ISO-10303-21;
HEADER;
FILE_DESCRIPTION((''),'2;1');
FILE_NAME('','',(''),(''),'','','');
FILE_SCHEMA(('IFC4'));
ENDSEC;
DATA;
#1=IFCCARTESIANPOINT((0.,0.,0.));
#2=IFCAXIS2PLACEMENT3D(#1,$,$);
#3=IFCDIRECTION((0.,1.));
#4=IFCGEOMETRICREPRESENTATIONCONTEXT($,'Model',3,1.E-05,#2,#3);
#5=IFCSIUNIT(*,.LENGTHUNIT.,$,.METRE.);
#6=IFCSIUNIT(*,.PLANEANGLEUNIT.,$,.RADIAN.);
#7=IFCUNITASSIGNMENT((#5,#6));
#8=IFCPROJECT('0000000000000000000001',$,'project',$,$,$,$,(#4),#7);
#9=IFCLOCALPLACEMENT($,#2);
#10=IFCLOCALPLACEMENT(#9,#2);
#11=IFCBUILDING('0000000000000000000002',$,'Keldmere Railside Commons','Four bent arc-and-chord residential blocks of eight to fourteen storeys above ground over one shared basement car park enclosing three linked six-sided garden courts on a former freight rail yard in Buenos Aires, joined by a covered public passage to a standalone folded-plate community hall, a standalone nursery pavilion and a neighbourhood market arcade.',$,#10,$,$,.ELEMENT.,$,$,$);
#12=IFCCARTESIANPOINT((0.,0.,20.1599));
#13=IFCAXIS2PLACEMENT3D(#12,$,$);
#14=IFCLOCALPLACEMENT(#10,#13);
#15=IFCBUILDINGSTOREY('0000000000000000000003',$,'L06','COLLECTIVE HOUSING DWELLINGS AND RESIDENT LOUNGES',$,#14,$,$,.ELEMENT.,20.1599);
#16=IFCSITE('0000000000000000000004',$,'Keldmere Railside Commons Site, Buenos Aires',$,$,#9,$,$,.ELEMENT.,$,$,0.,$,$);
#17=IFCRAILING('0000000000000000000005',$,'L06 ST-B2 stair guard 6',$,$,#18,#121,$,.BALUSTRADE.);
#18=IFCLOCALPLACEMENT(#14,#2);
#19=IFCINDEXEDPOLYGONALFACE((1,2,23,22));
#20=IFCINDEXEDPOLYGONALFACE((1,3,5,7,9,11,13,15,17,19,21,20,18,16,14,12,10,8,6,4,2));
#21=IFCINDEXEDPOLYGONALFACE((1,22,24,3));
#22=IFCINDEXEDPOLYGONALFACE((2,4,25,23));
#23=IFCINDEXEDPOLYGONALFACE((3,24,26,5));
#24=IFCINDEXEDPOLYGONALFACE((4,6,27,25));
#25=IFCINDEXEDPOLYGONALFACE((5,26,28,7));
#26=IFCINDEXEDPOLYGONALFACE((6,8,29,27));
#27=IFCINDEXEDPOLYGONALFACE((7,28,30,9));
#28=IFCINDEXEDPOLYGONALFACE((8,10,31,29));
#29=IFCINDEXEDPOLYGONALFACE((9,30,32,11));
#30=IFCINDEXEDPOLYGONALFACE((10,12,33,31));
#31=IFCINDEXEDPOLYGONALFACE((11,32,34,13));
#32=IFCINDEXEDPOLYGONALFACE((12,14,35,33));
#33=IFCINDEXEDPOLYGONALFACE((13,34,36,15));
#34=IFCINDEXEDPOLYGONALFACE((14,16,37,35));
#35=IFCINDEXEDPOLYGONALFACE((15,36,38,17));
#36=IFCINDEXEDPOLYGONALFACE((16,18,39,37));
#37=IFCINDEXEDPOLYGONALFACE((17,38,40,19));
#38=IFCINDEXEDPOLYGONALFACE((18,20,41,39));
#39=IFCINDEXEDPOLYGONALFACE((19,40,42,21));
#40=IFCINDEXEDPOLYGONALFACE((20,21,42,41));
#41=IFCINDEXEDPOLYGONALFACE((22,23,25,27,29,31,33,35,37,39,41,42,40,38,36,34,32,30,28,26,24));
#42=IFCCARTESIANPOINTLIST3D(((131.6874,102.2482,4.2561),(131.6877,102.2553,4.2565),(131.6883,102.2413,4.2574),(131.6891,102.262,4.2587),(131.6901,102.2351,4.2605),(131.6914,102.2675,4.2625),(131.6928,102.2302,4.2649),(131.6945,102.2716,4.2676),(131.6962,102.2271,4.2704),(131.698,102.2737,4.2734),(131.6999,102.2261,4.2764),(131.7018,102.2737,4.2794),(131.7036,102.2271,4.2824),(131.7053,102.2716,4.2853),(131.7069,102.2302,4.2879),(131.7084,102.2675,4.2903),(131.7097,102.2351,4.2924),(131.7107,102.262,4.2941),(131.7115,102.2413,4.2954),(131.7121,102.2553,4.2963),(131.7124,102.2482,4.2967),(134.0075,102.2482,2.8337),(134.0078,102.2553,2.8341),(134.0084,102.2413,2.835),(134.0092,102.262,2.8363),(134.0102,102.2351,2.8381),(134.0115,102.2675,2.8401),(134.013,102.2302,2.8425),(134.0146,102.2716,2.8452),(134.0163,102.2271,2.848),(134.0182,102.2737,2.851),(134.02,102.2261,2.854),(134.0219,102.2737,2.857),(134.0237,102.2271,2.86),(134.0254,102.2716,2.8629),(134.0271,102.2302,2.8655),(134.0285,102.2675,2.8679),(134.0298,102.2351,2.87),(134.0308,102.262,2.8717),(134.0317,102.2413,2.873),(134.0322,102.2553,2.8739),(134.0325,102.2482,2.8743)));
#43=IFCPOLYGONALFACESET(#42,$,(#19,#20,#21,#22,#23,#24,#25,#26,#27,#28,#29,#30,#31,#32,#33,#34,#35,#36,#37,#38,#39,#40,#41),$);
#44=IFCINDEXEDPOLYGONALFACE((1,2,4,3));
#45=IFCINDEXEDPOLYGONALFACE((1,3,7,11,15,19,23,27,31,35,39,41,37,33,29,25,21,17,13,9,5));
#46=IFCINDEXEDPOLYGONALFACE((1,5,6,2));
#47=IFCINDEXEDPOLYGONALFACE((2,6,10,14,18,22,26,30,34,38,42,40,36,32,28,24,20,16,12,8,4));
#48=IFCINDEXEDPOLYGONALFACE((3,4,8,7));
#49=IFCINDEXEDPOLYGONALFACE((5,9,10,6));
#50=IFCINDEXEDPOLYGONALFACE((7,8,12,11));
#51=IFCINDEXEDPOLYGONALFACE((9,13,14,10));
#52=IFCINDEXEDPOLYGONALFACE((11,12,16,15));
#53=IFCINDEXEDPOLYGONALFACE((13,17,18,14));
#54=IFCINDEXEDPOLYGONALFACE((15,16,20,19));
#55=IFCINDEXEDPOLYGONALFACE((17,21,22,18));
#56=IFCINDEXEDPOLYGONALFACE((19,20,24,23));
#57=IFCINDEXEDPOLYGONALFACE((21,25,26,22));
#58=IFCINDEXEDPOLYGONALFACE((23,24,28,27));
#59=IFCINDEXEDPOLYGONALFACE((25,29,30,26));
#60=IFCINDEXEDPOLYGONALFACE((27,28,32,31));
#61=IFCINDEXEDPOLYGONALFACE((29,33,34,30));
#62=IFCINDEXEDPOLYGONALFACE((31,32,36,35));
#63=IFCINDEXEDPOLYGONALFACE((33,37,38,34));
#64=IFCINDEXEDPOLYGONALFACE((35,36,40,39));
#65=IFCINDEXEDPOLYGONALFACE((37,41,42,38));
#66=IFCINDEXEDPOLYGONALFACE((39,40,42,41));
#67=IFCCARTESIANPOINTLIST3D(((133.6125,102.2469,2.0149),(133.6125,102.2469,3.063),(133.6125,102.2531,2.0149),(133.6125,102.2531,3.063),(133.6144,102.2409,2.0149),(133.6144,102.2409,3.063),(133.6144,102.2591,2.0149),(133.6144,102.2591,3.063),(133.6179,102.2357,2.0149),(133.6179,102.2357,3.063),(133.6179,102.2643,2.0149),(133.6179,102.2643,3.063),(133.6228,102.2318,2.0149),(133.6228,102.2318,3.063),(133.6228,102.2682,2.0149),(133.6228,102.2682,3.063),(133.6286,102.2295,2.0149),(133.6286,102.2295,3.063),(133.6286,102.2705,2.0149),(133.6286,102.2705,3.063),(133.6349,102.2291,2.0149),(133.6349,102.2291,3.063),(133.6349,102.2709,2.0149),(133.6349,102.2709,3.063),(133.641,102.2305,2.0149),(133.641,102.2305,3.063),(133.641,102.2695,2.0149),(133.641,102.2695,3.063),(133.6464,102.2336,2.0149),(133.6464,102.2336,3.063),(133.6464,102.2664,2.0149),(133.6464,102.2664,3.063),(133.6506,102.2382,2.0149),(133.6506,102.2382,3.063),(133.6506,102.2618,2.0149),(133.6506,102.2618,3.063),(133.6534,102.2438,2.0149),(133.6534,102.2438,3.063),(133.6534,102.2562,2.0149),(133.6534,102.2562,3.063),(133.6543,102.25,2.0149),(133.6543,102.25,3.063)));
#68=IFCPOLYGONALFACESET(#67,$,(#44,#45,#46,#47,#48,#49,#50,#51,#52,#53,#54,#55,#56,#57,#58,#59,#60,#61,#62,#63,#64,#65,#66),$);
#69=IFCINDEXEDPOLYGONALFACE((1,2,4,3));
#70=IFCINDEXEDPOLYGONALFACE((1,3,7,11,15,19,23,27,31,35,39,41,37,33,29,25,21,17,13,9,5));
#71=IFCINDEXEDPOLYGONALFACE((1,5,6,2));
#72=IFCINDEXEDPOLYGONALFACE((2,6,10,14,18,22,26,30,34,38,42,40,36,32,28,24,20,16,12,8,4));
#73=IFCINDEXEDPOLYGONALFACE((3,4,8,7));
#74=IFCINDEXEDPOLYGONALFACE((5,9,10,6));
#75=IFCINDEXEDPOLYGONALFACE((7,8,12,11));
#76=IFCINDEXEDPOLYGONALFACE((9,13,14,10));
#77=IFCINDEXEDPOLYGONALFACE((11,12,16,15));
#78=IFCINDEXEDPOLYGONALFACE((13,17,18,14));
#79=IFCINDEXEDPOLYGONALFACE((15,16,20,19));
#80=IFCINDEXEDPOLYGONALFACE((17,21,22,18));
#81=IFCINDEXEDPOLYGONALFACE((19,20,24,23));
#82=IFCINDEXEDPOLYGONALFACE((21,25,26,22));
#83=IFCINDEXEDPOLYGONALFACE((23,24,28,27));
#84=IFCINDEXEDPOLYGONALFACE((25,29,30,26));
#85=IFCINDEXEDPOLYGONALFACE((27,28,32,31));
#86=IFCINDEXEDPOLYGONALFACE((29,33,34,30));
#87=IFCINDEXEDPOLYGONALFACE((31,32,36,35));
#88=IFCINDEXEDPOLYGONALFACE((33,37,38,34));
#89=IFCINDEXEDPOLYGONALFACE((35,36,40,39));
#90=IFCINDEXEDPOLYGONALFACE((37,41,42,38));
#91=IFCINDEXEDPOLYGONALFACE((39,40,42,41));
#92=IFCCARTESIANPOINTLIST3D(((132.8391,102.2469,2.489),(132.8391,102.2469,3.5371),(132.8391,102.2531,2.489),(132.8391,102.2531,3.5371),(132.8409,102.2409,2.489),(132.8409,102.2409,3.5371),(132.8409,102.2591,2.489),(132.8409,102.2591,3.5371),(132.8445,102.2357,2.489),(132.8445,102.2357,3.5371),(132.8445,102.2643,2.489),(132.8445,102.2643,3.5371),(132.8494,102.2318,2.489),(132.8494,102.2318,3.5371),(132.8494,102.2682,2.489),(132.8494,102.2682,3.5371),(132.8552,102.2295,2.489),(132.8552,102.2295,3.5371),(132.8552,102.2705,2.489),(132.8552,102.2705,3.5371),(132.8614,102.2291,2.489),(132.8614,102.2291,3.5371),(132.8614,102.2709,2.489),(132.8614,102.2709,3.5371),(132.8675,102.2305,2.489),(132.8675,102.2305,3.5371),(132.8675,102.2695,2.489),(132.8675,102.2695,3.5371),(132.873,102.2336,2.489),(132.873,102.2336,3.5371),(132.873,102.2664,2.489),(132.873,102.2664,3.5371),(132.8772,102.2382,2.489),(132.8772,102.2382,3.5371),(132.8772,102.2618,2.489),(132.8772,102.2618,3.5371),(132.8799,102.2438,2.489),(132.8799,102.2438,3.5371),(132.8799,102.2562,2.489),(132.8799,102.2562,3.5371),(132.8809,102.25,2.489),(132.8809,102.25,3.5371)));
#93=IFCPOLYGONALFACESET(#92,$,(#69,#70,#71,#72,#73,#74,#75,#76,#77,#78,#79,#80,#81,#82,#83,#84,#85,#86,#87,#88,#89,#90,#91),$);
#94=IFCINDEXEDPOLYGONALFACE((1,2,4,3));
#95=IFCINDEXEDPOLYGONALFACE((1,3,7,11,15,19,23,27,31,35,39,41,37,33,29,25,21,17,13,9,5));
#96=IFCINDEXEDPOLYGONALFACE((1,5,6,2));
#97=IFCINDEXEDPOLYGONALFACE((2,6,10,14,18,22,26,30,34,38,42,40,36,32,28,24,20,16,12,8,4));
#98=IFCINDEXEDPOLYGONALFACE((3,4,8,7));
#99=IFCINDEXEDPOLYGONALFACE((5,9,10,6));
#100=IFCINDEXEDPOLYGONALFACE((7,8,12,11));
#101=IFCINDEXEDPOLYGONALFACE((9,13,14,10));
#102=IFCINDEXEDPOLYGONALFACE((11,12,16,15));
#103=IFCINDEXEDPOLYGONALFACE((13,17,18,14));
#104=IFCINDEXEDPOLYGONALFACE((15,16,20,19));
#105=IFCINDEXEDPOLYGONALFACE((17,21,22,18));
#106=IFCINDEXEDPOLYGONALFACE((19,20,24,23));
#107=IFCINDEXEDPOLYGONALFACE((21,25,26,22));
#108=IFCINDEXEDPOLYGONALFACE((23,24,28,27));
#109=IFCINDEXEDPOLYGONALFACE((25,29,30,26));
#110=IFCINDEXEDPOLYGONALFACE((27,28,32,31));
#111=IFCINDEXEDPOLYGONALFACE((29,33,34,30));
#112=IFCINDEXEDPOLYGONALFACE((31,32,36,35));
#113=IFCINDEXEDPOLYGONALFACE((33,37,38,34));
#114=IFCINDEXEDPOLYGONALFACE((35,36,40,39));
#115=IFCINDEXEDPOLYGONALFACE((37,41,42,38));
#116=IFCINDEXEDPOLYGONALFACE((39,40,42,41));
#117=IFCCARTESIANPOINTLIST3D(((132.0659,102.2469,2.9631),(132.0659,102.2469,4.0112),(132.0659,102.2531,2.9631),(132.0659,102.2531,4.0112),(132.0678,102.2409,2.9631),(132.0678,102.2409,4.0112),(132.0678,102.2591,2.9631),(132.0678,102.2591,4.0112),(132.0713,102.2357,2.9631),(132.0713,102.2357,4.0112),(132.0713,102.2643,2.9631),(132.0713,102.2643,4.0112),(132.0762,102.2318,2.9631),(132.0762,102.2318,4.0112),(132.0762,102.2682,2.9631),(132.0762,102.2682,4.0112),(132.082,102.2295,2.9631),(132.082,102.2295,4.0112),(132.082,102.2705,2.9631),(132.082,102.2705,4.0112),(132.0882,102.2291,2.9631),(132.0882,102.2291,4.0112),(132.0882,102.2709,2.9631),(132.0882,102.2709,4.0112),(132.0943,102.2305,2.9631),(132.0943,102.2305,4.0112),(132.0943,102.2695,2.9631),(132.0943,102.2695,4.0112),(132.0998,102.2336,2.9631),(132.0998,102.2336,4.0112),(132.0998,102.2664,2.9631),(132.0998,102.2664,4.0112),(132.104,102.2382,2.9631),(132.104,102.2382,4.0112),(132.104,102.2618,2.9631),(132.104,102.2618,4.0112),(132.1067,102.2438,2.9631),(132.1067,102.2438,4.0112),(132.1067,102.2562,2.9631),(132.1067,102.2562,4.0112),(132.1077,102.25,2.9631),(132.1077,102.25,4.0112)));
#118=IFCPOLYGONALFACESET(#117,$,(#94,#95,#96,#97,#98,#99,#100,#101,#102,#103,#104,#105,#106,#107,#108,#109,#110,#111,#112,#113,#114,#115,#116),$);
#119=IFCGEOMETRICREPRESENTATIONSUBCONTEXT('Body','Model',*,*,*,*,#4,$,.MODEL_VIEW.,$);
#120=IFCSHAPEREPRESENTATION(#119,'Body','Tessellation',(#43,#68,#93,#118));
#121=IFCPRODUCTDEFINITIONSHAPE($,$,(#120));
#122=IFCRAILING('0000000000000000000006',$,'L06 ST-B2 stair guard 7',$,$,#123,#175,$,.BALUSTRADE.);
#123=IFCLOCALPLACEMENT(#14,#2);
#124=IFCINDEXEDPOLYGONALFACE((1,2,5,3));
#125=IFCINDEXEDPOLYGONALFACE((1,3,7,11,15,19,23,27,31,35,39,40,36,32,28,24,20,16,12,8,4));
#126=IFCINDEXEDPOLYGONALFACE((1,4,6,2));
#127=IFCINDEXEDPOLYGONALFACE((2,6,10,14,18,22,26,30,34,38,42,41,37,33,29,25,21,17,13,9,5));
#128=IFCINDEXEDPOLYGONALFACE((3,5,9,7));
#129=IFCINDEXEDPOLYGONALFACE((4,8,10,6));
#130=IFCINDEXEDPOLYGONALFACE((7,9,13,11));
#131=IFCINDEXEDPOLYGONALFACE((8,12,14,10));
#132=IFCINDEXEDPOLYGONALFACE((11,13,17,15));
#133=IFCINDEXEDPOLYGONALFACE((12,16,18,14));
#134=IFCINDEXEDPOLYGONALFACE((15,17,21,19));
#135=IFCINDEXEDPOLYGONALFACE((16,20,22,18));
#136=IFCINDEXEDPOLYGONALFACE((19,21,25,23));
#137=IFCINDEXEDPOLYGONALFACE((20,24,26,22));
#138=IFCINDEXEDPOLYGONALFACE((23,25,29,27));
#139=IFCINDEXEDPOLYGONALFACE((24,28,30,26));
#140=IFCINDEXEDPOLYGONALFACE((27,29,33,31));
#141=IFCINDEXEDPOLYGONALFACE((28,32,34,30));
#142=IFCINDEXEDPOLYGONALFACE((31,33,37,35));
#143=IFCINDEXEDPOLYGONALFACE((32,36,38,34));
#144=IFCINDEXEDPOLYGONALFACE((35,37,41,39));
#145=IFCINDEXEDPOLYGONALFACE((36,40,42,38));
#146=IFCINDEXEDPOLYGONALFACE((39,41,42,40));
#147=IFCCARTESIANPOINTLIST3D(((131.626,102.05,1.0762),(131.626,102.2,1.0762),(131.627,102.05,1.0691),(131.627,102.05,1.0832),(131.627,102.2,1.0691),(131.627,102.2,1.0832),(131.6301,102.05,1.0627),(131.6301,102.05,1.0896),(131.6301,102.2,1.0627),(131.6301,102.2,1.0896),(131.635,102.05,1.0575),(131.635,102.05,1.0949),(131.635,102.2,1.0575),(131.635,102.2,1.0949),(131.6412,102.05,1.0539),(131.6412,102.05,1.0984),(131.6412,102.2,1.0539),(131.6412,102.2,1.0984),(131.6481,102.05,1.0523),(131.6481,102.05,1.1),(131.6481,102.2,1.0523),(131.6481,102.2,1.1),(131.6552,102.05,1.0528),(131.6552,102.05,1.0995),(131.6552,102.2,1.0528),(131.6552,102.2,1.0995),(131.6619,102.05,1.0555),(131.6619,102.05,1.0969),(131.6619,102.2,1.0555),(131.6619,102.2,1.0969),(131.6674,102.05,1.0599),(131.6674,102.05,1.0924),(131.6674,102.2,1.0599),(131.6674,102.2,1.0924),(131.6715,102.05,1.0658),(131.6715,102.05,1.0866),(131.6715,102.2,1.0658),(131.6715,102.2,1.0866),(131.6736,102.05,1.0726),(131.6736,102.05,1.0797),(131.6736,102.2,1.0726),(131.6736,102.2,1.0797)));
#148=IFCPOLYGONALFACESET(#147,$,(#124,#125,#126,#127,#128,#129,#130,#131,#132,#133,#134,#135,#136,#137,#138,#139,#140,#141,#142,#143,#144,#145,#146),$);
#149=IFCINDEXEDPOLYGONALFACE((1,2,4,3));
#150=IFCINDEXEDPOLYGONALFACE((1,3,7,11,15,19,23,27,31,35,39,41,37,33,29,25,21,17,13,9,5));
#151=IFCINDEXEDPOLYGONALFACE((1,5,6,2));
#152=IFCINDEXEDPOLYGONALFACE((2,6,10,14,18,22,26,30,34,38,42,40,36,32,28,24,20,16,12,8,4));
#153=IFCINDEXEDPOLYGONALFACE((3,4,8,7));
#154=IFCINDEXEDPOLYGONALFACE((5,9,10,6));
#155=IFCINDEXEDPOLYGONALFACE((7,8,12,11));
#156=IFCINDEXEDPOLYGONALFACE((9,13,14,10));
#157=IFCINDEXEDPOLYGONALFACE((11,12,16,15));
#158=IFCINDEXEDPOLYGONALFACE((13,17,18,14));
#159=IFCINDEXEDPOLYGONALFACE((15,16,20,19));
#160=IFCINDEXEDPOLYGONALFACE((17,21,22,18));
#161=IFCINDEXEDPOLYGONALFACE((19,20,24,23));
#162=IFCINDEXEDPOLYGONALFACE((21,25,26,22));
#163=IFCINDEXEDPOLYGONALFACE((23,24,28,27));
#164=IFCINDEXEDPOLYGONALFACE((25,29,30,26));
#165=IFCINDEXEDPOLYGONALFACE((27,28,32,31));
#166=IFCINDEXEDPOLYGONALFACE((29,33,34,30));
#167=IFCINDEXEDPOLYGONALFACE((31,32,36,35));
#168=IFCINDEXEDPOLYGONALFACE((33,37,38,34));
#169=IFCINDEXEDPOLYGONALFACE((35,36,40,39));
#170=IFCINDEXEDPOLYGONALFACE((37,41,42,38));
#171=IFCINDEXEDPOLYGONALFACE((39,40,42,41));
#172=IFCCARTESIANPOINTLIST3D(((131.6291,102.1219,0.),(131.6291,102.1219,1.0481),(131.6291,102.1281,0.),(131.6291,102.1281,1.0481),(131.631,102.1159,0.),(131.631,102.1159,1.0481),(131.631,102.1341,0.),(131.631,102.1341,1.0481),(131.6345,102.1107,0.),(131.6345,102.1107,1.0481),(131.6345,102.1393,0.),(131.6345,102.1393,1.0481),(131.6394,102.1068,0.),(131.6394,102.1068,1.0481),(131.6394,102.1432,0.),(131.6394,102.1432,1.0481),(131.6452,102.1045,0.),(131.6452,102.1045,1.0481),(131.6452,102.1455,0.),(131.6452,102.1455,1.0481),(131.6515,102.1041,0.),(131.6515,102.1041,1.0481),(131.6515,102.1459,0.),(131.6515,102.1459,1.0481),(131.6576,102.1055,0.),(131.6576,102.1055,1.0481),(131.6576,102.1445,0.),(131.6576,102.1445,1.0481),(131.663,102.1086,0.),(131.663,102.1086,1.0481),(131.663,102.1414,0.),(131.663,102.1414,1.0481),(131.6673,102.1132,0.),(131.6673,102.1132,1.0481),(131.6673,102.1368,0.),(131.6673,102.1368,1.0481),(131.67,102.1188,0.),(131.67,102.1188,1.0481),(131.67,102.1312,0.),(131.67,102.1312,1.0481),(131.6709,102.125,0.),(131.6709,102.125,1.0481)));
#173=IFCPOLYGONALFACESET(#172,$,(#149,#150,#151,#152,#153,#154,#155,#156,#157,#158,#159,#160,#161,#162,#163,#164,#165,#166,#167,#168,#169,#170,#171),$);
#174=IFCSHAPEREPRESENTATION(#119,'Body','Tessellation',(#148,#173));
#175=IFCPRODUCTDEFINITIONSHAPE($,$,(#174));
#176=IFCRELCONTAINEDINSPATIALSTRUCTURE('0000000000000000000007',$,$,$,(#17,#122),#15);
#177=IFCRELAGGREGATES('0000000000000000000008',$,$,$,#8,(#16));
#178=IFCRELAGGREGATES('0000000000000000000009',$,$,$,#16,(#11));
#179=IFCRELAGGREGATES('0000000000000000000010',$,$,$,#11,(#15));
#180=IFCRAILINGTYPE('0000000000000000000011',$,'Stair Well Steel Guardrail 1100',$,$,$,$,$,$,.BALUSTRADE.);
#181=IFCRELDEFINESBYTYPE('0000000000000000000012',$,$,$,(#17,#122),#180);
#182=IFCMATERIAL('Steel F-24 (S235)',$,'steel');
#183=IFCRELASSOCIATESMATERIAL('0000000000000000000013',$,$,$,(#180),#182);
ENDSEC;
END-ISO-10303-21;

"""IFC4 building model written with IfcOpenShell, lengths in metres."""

from ifc_helpers import new_model, si_unit, direction, frame, origin, origin_2d, place, context, subcontext, project, spatial, circle, extrude, material, type_object, element, save


model = new_model("IFC4")

# Units and contexts
model_context = context("Model", 3, precision=1e-05, world=origin(), true_north=direction((0.0, 1.0)))
body_context = subcontext(model_context, "Body", "Model", "MODEL_VIEW")
ifc_project = project(units=[si_unit("LENGTHUNIT", "METRE"), si_unit("PLANEANGLEUNIT", "RADIAN")], contexts=[model_context])

# Site, building, storey
site_placement = place(None, origin())
site = spatial("IfcSite", under=ifc_project, at=site_placement, Name="Keldmere Railside Commons Site, Buenos Aires", CompositionType="ELEMENT", RefElevation=0.0)
building_placement = place(site_placement, origin())
building = spatial("IfcBuilding", under=site, at=building_placement, Name="Keldmere Railside Commons", Description="Four bent arc-and-chord residential blocks of eight to fourteen storeys above ground over one shared basement car park enclosing three linked six-sided garden courts on a former freight rail yard in Buenos Aires, joined by a covered public passage to a standalone folded-plate community hall, a standalone nursery pavilion and a neighbourhood market arcade.", CompositionType="ELEMENT")
storey_placement = place(building_placement, frame((0.0, 0.0, 20.1599)))
storey = spatial("IfcBuildingStorey", under=building, at=storey_placement, Name="L06", Description="COLLECTIVE HOUSING DWELLINGS AND RESIDENT LOUNGES", CompositionType="ELEMENT", Elevation=20.1599)

# Railings
ifc_material_1 = material(Name="Steel F-24 (S235)", Category="steel")
railing_type_1 = type_object("IfcRailingType", Name="Stair Well Steel Guardrail 1100", PredefinedType="BALUSTRADE", material=ifc_material_1)
railing_1_placement = place(storey_placement, frame((134.02, 102.25, 1.7778)))
element("IfcRailing", 1, at=railing_1_placement, inside=storey, type_object=railing_type_1, Name="L06 ST-B2 stair guard 6", PredefinedType="BALUSTRADE", context=body_context, shape_type="SweptSolid", body=[
    extrude(circle(Radius=0.0239, at=origin_2d()), frame((0.0, 0.0, 1.0762), z_axis=(-0.852538, 0.0, 0.522665), x_axis=(0.0, -1.0, 0.0)), (0.0, 0.0, 1.0), 2.7214),
    extrude(circle(Radius=0.021, at=origin_2d()), frame((-0.3867, 0.0, 0.2371)), (0.0, 0.0, 1.0), 1.0481),
    extrude(circle(Radius=0.021, at=origin_2d()), frame((-1.1602, 0.0, 0.7112)), (0.0, 0.0, 1.0), 1.0481),
    extrude(circle(Radius=0.021, at=origin_2d()), frame((-1.9333, 0.0, 1.1853)), (0.0, 0.0, 1.0), 1.0481),
])
railing_2_placement = place(storey_placement, frame((131.6499, 102.05, 0.0)))
element("IfcRailing", 2, at=railing_2_placement, inside=storey, type_object=railing_type_1, Name="L06 ST-B2 stair guard 7", PredefinedType="BALUSTRADE", context=body_context, shape_type="SweptSolid", body=[
    extrude(circle(Radius=0.0239, at=origin_2d()), frame((0.0, 0.0, 1.0762), z_axis=(0.0, 1.0, 0.0), x_axis=(-1.0, 0.0, 0.0)), (0.0, 0.0, 1.0), 0.1499),
    extrude(circle(Radius=0.021, at=origin_2d()), frame((0.0, 0.075, 0.0)), (0.0, 0.0, 1.0), 1.0481),
])

save(model, "model.ifc")
